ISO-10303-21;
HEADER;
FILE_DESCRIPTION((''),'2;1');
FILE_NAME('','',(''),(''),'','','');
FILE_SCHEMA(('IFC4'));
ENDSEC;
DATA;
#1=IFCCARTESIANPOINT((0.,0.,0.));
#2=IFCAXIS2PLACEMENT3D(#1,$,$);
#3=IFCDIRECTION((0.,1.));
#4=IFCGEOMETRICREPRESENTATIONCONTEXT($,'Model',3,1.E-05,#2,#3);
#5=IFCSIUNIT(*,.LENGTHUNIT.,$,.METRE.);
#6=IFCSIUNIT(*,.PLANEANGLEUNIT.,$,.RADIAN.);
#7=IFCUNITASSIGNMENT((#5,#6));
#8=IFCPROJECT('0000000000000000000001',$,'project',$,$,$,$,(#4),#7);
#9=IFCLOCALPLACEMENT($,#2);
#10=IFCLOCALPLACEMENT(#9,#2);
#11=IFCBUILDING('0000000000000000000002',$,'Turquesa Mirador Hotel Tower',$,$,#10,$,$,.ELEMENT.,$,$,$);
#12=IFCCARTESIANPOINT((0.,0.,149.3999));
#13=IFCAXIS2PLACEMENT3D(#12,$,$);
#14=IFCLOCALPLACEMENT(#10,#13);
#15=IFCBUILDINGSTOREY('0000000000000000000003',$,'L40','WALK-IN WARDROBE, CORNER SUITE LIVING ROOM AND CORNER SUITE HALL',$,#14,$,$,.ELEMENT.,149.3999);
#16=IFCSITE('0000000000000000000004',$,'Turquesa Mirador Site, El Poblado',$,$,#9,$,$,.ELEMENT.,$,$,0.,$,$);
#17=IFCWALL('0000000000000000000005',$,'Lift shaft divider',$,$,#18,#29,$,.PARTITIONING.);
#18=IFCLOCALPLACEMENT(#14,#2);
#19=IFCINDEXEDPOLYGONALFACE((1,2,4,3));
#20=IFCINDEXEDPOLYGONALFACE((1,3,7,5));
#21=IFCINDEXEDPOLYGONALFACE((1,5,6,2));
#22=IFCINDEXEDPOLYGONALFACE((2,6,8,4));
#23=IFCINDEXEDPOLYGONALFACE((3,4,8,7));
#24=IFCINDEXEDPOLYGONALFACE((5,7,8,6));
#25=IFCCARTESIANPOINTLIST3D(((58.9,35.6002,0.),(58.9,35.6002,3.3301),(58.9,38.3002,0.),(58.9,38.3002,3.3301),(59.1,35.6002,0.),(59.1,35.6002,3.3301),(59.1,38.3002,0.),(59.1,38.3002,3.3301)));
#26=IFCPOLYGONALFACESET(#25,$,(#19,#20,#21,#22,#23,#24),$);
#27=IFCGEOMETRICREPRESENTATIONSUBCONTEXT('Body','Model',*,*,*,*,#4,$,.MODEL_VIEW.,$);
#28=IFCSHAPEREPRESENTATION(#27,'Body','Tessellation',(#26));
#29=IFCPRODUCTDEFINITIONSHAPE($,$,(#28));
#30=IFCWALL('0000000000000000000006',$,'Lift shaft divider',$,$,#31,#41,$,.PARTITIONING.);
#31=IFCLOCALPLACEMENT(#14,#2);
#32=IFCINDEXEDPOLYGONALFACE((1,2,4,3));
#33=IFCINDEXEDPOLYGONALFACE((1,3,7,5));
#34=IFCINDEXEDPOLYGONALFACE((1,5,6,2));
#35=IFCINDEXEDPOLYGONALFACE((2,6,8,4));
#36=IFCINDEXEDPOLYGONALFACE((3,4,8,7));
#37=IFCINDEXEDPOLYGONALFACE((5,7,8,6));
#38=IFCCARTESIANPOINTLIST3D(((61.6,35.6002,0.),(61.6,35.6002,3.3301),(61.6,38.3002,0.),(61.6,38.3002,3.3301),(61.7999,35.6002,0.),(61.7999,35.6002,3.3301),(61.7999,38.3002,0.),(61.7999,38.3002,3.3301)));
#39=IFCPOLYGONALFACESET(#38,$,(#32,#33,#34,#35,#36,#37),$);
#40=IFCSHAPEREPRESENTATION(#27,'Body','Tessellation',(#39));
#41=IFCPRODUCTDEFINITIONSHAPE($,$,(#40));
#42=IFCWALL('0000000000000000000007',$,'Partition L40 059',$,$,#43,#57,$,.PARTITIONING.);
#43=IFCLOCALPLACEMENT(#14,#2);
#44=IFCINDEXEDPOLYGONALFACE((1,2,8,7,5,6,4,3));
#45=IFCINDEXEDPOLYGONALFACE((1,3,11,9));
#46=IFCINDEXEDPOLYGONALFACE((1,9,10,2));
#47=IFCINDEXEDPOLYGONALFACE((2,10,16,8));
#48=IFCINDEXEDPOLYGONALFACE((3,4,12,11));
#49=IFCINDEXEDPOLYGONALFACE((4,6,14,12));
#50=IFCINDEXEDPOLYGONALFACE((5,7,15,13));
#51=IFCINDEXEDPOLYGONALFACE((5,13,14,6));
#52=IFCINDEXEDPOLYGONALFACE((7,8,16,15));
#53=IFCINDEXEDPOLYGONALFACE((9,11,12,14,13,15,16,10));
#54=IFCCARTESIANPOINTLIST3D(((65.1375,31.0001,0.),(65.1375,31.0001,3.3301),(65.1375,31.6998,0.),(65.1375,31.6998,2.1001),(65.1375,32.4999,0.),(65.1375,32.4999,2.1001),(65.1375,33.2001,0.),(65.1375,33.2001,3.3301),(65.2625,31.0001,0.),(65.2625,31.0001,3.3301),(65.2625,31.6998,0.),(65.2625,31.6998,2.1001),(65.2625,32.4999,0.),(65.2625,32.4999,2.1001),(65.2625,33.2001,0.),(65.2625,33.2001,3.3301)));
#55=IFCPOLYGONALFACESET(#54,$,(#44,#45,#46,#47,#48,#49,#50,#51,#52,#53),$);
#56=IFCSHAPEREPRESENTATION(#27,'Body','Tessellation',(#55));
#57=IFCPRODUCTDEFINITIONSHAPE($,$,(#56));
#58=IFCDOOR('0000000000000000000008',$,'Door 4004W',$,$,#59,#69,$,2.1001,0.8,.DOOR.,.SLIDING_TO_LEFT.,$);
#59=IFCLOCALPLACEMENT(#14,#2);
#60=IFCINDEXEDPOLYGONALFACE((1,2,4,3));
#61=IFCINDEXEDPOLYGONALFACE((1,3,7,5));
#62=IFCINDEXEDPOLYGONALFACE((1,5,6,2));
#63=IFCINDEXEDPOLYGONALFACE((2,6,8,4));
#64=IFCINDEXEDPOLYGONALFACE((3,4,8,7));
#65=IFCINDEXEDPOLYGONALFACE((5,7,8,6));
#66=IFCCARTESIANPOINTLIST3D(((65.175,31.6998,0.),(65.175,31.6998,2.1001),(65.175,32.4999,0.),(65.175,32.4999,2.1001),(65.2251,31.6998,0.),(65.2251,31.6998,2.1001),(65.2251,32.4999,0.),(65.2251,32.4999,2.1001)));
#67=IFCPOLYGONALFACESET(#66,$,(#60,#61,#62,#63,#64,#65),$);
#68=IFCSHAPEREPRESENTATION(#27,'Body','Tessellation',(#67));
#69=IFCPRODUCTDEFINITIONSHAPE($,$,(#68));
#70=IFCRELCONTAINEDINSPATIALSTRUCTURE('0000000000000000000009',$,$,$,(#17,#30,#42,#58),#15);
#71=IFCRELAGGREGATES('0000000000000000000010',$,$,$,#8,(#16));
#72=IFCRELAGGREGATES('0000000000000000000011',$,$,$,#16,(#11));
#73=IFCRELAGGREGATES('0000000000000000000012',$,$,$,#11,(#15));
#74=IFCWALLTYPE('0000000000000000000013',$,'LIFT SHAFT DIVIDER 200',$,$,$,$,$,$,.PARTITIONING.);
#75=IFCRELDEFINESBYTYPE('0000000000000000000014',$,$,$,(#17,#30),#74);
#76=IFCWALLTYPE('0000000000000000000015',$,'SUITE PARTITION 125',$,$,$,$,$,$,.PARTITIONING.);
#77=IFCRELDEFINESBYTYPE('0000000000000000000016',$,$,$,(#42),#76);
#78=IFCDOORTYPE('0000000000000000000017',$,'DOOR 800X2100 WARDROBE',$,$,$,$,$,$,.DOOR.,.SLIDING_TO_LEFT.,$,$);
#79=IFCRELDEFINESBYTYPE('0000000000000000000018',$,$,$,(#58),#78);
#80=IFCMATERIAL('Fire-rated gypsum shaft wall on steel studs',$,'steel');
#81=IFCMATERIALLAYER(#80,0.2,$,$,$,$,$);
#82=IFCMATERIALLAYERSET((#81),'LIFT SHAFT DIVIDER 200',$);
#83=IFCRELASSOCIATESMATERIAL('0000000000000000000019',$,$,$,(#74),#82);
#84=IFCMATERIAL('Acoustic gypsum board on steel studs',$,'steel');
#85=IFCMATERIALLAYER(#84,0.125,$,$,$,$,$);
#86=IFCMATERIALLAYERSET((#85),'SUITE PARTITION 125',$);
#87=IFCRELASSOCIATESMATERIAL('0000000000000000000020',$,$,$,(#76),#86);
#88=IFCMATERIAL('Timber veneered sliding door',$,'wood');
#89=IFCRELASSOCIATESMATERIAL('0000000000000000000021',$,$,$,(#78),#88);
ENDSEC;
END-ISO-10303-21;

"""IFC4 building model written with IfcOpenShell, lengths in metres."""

from ifc_helpers import new_model, si_unit, direction, frame, frame_2d, origin, place, context, subcontext, project, spatial, rectangle, extrude, material, layer, layer_set, type_object, element, fill, save


model = new_model("IFC4")

# Units and contexts
model_context = context("Model", 3, precision=1e-05, world=origin(), true_north=direction((0.0, 1.0)))
body_context = subcontext(model_context, "Body", "Model", "MODEL_VIEW")
ifc_project = project(units=[si_unit("LENGTHUNIT", "METRE"), si_unit("PLANEANGLEUNIT", "RADIAN")], contexts=[model_context])

# Site, building, storey
site_placement = place(None, origin())
site = spatial("IfcSite", under=ifc_project, at=site_placement, Name="Turquesa Mirador Site, El Poblado", CompositionType="ELEMENT", RefElevation=0.0)
building_placement = place(site_placement, origin())
building = spatial("IfcBuilding", under=site, at=building_placement, Name="Turquesa Mirador Hotel Tower", CompositionType="ELEMENT")
storey_placement = place(building_placement, frame((0.0, 0.0, 149.3999)))
storey = spatial("IfcBuildingStorey", under=building, at=storey_placement, Name="L40", Description="WALK-IN WARDROBE, CORNER SUITE LIVING ROOM AND CORNER SUITE HALL", CompositionType="ELEMENT", Elevation=149.3999)

# Walls
ifc_material_1 = material(Name="Fire-rated gypsum shaft wall on steel studs", Category="steel")
ifc_layer_1 = layer(ifc_material_1, 0.2)
ifc_layer_set_1 = layer_set([ifc_layer_1], Name="LIFT SHAFT DIVIDER 200")
wall_type_1 = type_object("IfcWallType", Name="LIFT SHAFT DIVIDER 200", PredefinedType="PARTITIONING", material=ifc_layer_set_1)
for number, where, z_axis, x_axis, name in (
    (1, (59.0, 35.6001, 0.0), (0.0, 0.0, 1.0), (0.0, 1.0, 0.0), "Lift shaft divider"),
    (2, (61.7, 35.6001, 0.0), (0.0, 0.0, 1.0), (0.0, 1.0, 0.0), "Lift shaft divider"),
):
    element("IfcWall", number, at=place(storey_placement, frame(where, z_axis=z_axis, x_axis=x_axis)), inside=storey, type_object=wall_type_1, Name=name, PredefinedType="PARTITIONING", context=body_context, shape_type="SweptSolid", body=[
        extrude(rectangle(XDim=2.7, YDim=0.2, at=frame_2d((1.3501, 0.0))), origin(), (0.0, 0.0, 1.0), 3.3301),
    ])

# Wall, opening, door
ifc_material_2 = material(Name="Acoustic gypsum board on steel studs", Category="steel")
ifc_layer_2 = layer(ifc_material_2, 0.125)
ifc_layer_set_2 = layer_set([ifc_layer_2], Name="SUITE PARTITION 125")
wall_type_2 = type_object("IfcWallType", Name="SUITE PARTITION 125", PredefinedType="PARTITIONING", material=ifc_layer_set_2)
wall_1_placement = place(storey_placement, frame((65.2, 31.0, 0.0), z_axis=(0.0, 0.0, 1.0), x_axis=(0.0, 1.0, 0.0)))
wall_1 = element("IfcWall", 3, at=wall_1_placement, inside=storey, type_object=wall_type_2, Name="Partition L40 059", PredefinedType="PARTITIONING", context=body_context, shape_type="SweptSolid", body=[
    extrude(rectangle(XDim=2.2, YDim=0.125, at=frame_2d((1.1001, 0.0))), origin(), (0.0, 0.0, 1.0), 3.3301),
])
opening_1_placement = place(wall_1_placement, frame((0.7, 0.0, 0.0)))
opening_1 = element("IfcOpeningElement", 4, at=opening_1_placement, cuts=wall_1, PredefinedType="OPENING", context=body_context, shape_type="SweptSolid", body=[
    extrude(rectangle(XDim=0.8, YDim=2.1001, at=frame_2d((0.3999, 1.05))), frame((0.0, 0.0725, 0.0), z_axis=(0.0, -1.0, 0.0), x_axis=(1.0, 0.0, 0.0)), (0.0, 0.0, 1.0), 0.145),
])
ifc_material_3 = material(Name="Timber veneered sliding door", Category="wood")
door_type_1 = type_object("IfcDoorType", Name="DOOR 800X2100 WARDROBE", OperationType="SLIDING_TO_LEFT", PredefinedType="DOOR", material=ifc_material_3)
door_1_placement = place(opening_1_placement, origin())
door_1 = element("IfcDoor", 5, at=door_1_placement, inside=storey, type_object=door_type_1, Name="Door 4004W", OperationType="SLIDING_TO_LEFT", OverallHeight=2.1001, OverallWidth=0.8, PredefinedType="DOOR", context=body_context, shape_type="SweptSolid", body=[
    extrude(rectangle(XDim=0.8, YDim=2.1001, at=frame_2d((0.3999, 1.05))), frame((0.0, 0.0249, 0.0), z_axis=(0.0, -1.0, 0.0), x_axis=(1.0, 0.0, 0.0)), (0.0, 0.0, 1.0), 0.05),
])
fill(opening_1, door_1)

save(model, "model.ifc")
